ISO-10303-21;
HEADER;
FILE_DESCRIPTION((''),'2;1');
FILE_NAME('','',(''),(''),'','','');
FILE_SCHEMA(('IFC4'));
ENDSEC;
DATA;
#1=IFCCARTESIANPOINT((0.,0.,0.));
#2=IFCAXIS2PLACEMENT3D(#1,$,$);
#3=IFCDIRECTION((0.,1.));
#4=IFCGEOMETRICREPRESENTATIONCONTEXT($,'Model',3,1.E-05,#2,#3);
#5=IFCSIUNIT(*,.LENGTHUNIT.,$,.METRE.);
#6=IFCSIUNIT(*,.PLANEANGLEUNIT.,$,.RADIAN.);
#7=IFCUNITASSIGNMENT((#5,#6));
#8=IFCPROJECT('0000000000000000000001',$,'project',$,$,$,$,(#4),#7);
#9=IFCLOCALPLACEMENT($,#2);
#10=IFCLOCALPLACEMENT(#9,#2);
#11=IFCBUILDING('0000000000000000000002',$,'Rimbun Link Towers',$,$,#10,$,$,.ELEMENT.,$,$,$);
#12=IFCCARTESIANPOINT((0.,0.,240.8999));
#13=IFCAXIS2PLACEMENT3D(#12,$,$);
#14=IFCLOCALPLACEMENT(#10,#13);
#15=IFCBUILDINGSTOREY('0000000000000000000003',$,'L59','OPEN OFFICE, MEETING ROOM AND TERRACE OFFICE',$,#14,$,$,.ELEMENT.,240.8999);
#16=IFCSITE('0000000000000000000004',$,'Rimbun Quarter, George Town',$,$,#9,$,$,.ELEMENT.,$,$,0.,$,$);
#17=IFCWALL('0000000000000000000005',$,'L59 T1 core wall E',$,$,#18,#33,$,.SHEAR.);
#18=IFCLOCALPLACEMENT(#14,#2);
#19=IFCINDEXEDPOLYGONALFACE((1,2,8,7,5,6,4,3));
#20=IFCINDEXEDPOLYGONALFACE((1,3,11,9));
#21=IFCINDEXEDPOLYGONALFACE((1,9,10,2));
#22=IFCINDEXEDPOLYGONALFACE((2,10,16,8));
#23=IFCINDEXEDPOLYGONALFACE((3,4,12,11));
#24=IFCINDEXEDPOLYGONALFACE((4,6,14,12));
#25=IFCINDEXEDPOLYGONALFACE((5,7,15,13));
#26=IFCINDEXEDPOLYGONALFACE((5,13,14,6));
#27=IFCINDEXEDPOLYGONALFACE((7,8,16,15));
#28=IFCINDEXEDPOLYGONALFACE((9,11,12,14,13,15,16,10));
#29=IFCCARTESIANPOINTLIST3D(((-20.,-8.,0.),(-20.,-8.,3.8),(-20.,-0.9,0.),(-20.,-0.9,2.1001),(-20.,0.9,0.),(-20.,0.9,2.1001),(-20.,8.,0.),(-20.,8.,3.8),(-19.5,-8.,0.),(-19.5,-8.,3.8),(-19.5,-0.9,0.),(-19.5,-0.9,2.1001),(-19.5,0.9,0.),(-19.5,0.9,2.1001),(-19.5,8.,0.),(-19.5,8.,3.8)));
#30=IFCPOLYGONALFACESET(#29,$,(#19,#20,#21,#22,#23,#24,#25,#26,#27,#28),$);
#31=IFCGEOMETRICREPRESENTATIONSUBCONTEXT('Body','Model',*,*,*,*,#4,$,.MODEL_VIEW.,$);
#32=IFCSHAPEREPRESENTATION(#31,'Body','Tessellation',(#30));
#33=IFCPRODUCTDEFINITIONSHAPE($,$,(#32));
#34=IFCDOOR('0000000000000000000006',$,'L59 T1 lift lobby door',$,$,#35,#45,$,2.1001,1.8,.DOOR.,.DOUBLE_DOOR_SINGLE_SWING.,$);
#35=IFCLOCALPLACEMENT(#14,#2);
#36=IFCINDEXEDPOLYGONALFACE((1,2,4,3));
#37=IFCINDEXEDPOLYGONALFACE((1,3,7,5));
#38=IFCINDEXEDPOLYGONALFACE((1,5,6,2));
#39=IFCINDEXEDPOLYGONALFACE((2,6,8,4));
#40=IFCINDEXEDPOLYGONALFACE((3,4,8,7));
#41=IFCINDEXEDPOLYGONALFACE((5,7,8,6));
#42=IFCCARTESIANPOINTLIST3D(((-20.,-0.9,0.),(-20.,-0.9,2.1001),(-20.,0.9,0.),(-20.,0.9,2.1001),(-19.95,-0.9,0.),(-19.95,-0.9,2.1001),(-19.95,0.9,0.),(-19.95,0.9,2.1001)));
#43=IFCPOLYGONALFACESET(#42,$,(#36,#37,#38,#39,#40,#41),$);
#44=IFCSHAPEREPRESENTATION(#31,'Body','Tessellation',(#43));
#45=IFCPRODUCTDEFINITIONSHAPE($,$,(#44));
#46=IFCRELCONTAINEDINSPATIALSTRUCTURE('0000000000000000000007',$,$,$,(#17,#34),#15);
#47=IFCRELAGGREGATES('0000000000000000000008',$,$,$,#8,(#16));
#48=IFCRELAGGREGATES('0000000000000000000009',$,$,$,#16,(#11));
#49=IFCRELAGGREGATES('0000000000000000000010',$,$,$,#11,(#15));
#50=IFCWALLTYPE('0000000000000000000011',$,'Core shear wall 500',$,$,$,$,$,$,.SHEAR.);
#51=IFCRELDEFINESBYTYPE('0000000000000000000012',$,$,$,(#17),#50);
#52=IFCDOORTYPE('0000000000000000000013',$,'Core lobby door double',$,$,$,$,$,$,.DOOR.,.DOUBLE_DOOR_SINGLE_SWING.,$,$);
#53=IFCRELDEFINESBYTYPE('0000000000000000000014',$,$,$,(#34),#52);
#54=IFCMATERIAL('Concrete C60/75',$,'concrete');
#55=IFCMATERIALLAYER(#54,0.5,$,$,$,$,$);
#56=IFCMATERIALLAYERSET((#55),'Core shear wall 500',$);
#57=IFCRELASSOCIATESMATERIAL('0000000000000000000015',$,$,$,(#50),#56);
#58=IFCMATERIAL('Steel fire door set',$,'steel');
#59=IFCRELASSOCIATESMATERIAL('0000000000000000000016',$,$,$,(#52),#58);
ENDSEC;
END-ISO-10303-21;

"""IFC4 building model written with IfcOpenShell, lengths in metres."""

from ifc_helpers import new_model, si_unit, direction, frame, frame_2d, origin, place, context, subcontext, project, spatial, rectangle, extrude, material, layer, layer_set, type_object, element, fill, save


model = new_model("IFC4")

# Units and contexts
model_context = context("Model", 3, precision=1e-05, world=origin(), true_north=direction((0.0, 1.0)))
body_context = subcontext(model_context, "Body", "Model", "MODEL_VIEW")
ifc_project = project(units=[si_unit("LENGTHUNIT", "METRE"), si_unit("PLANEANGLEUNIT", "RADIAN")], contexts=[model_context])

# Site, building, storey
site_placement = place(None, origin())
site = spatial("IfcSite", under=ifc_project, at=site_placement, Name="Rimbun Quarter, George Town", CompositionType="ELEMENT", RefElevation=0.0)
building_placement = place(site_placement, origin())
building = spatial("IfcBuilding", under=site, at=building_placement, Name="Rimbun Link Towers", CompositionType="ELEMENT")
storey_placement = place(building_placement, frame((0.0, 0.0, 240.8999)))
storey = spatial("IfcBuildingStorey", under=building, at=storey_placement, Name="L59", Description="OPEN OFFICE, MEETING ROOM AND TERRACE OFFICE", CompositionType="ELEMENT", Elevation=240.8999)

# Wall, opening, door
ifc_material_1 = material(Name="Concrete C60/75", Category="concrete")
ifc_layer_1 = layer(ifc_material_1, 0.5)
ifc_layer_set_1 = layer_set([ifc_layer_1], Name="Core shear wall 500")
wall_type_1 = type_object("IfcWallType", Name="Core shear wall 500", PredefinedType="SHEAR", material=ifc_layer_set_1)
wall_1_placement = place(storey_placement, frame((-19.75, -8.0, 0.0), z_axis=(0.0, 0.0, 1.0), x_axis=(0.0, 1.0, 0.0)))
wall_1 = element("IfcWall", 1, at=wall_1_placement, inside=storey, type_object=wall_type_1, Name="L59 T1 core wall E", PredefinedType="SHEAR", context=body_context, shape_type="SweptSolid", body=[
    extrude(rectangle(XDim=16.0, YDim=0.5, at=frame_2d((8.0, 0.0))), origin(), (0.0, 0.0, 1.0), 3.8),
])
opening_1_placement = place(wall_1_placement, frame((7.1001, 0.0, 0.0)))
opening_1 = element("IfcOpeningElement", 2, at=opening_1_placement, cuts=wall_1, PredefinedType="OPENING", context=body_context, shape_type="SweptSolid", body=[
    extrude(rectangle(XDim=1.8, YDim=2.1001, at=frame_2d((0.8999, 1.05))), frame((0.0, 0.26, 0.0), z_axis=(0.0, -1.0, 0.0), x_axis=(1.0, 0.0, 0.0)), (0.0, 0.0, 1.0), 0.52),
])
ifc_material_2 = material(Name="Steel fire door set", Category="steel")
door_type = type_object("IfcDoorType", Name="Core lobby door double", OperationType="DOUBLE_DOOR_SINGLE_SWING", PredefinedType="DOOR", material=ifc_material_2)
door_placement = place(opening_1_placement, origin())
door = element("IfcDoor", 3, at=door_placement, inside=storey, type_object=door_type, Name="L59 T1 lift lobby door", OperationType="DOUBLE_DOOR_SINGLE_SWING", OverallHeight=2.1001, OverallWidth=1.8, PredefinedType="DOOR", context=body_context, shape_type="SweptSolid", body=[
    extrude(rectangle(XDim=1.8, YDim=2.1001, at=frame_2d((0.8999, 1.05))), frame((0.0, 0.25, 0.0), z_axis=(0.0, -1.0, 0.0), x_axis=(1.0, 0.0, 0.0)), (0.0, 0.0, 1.0), 0.05),
])
fill(opening_1, door)

save(model, "model.ifc")
